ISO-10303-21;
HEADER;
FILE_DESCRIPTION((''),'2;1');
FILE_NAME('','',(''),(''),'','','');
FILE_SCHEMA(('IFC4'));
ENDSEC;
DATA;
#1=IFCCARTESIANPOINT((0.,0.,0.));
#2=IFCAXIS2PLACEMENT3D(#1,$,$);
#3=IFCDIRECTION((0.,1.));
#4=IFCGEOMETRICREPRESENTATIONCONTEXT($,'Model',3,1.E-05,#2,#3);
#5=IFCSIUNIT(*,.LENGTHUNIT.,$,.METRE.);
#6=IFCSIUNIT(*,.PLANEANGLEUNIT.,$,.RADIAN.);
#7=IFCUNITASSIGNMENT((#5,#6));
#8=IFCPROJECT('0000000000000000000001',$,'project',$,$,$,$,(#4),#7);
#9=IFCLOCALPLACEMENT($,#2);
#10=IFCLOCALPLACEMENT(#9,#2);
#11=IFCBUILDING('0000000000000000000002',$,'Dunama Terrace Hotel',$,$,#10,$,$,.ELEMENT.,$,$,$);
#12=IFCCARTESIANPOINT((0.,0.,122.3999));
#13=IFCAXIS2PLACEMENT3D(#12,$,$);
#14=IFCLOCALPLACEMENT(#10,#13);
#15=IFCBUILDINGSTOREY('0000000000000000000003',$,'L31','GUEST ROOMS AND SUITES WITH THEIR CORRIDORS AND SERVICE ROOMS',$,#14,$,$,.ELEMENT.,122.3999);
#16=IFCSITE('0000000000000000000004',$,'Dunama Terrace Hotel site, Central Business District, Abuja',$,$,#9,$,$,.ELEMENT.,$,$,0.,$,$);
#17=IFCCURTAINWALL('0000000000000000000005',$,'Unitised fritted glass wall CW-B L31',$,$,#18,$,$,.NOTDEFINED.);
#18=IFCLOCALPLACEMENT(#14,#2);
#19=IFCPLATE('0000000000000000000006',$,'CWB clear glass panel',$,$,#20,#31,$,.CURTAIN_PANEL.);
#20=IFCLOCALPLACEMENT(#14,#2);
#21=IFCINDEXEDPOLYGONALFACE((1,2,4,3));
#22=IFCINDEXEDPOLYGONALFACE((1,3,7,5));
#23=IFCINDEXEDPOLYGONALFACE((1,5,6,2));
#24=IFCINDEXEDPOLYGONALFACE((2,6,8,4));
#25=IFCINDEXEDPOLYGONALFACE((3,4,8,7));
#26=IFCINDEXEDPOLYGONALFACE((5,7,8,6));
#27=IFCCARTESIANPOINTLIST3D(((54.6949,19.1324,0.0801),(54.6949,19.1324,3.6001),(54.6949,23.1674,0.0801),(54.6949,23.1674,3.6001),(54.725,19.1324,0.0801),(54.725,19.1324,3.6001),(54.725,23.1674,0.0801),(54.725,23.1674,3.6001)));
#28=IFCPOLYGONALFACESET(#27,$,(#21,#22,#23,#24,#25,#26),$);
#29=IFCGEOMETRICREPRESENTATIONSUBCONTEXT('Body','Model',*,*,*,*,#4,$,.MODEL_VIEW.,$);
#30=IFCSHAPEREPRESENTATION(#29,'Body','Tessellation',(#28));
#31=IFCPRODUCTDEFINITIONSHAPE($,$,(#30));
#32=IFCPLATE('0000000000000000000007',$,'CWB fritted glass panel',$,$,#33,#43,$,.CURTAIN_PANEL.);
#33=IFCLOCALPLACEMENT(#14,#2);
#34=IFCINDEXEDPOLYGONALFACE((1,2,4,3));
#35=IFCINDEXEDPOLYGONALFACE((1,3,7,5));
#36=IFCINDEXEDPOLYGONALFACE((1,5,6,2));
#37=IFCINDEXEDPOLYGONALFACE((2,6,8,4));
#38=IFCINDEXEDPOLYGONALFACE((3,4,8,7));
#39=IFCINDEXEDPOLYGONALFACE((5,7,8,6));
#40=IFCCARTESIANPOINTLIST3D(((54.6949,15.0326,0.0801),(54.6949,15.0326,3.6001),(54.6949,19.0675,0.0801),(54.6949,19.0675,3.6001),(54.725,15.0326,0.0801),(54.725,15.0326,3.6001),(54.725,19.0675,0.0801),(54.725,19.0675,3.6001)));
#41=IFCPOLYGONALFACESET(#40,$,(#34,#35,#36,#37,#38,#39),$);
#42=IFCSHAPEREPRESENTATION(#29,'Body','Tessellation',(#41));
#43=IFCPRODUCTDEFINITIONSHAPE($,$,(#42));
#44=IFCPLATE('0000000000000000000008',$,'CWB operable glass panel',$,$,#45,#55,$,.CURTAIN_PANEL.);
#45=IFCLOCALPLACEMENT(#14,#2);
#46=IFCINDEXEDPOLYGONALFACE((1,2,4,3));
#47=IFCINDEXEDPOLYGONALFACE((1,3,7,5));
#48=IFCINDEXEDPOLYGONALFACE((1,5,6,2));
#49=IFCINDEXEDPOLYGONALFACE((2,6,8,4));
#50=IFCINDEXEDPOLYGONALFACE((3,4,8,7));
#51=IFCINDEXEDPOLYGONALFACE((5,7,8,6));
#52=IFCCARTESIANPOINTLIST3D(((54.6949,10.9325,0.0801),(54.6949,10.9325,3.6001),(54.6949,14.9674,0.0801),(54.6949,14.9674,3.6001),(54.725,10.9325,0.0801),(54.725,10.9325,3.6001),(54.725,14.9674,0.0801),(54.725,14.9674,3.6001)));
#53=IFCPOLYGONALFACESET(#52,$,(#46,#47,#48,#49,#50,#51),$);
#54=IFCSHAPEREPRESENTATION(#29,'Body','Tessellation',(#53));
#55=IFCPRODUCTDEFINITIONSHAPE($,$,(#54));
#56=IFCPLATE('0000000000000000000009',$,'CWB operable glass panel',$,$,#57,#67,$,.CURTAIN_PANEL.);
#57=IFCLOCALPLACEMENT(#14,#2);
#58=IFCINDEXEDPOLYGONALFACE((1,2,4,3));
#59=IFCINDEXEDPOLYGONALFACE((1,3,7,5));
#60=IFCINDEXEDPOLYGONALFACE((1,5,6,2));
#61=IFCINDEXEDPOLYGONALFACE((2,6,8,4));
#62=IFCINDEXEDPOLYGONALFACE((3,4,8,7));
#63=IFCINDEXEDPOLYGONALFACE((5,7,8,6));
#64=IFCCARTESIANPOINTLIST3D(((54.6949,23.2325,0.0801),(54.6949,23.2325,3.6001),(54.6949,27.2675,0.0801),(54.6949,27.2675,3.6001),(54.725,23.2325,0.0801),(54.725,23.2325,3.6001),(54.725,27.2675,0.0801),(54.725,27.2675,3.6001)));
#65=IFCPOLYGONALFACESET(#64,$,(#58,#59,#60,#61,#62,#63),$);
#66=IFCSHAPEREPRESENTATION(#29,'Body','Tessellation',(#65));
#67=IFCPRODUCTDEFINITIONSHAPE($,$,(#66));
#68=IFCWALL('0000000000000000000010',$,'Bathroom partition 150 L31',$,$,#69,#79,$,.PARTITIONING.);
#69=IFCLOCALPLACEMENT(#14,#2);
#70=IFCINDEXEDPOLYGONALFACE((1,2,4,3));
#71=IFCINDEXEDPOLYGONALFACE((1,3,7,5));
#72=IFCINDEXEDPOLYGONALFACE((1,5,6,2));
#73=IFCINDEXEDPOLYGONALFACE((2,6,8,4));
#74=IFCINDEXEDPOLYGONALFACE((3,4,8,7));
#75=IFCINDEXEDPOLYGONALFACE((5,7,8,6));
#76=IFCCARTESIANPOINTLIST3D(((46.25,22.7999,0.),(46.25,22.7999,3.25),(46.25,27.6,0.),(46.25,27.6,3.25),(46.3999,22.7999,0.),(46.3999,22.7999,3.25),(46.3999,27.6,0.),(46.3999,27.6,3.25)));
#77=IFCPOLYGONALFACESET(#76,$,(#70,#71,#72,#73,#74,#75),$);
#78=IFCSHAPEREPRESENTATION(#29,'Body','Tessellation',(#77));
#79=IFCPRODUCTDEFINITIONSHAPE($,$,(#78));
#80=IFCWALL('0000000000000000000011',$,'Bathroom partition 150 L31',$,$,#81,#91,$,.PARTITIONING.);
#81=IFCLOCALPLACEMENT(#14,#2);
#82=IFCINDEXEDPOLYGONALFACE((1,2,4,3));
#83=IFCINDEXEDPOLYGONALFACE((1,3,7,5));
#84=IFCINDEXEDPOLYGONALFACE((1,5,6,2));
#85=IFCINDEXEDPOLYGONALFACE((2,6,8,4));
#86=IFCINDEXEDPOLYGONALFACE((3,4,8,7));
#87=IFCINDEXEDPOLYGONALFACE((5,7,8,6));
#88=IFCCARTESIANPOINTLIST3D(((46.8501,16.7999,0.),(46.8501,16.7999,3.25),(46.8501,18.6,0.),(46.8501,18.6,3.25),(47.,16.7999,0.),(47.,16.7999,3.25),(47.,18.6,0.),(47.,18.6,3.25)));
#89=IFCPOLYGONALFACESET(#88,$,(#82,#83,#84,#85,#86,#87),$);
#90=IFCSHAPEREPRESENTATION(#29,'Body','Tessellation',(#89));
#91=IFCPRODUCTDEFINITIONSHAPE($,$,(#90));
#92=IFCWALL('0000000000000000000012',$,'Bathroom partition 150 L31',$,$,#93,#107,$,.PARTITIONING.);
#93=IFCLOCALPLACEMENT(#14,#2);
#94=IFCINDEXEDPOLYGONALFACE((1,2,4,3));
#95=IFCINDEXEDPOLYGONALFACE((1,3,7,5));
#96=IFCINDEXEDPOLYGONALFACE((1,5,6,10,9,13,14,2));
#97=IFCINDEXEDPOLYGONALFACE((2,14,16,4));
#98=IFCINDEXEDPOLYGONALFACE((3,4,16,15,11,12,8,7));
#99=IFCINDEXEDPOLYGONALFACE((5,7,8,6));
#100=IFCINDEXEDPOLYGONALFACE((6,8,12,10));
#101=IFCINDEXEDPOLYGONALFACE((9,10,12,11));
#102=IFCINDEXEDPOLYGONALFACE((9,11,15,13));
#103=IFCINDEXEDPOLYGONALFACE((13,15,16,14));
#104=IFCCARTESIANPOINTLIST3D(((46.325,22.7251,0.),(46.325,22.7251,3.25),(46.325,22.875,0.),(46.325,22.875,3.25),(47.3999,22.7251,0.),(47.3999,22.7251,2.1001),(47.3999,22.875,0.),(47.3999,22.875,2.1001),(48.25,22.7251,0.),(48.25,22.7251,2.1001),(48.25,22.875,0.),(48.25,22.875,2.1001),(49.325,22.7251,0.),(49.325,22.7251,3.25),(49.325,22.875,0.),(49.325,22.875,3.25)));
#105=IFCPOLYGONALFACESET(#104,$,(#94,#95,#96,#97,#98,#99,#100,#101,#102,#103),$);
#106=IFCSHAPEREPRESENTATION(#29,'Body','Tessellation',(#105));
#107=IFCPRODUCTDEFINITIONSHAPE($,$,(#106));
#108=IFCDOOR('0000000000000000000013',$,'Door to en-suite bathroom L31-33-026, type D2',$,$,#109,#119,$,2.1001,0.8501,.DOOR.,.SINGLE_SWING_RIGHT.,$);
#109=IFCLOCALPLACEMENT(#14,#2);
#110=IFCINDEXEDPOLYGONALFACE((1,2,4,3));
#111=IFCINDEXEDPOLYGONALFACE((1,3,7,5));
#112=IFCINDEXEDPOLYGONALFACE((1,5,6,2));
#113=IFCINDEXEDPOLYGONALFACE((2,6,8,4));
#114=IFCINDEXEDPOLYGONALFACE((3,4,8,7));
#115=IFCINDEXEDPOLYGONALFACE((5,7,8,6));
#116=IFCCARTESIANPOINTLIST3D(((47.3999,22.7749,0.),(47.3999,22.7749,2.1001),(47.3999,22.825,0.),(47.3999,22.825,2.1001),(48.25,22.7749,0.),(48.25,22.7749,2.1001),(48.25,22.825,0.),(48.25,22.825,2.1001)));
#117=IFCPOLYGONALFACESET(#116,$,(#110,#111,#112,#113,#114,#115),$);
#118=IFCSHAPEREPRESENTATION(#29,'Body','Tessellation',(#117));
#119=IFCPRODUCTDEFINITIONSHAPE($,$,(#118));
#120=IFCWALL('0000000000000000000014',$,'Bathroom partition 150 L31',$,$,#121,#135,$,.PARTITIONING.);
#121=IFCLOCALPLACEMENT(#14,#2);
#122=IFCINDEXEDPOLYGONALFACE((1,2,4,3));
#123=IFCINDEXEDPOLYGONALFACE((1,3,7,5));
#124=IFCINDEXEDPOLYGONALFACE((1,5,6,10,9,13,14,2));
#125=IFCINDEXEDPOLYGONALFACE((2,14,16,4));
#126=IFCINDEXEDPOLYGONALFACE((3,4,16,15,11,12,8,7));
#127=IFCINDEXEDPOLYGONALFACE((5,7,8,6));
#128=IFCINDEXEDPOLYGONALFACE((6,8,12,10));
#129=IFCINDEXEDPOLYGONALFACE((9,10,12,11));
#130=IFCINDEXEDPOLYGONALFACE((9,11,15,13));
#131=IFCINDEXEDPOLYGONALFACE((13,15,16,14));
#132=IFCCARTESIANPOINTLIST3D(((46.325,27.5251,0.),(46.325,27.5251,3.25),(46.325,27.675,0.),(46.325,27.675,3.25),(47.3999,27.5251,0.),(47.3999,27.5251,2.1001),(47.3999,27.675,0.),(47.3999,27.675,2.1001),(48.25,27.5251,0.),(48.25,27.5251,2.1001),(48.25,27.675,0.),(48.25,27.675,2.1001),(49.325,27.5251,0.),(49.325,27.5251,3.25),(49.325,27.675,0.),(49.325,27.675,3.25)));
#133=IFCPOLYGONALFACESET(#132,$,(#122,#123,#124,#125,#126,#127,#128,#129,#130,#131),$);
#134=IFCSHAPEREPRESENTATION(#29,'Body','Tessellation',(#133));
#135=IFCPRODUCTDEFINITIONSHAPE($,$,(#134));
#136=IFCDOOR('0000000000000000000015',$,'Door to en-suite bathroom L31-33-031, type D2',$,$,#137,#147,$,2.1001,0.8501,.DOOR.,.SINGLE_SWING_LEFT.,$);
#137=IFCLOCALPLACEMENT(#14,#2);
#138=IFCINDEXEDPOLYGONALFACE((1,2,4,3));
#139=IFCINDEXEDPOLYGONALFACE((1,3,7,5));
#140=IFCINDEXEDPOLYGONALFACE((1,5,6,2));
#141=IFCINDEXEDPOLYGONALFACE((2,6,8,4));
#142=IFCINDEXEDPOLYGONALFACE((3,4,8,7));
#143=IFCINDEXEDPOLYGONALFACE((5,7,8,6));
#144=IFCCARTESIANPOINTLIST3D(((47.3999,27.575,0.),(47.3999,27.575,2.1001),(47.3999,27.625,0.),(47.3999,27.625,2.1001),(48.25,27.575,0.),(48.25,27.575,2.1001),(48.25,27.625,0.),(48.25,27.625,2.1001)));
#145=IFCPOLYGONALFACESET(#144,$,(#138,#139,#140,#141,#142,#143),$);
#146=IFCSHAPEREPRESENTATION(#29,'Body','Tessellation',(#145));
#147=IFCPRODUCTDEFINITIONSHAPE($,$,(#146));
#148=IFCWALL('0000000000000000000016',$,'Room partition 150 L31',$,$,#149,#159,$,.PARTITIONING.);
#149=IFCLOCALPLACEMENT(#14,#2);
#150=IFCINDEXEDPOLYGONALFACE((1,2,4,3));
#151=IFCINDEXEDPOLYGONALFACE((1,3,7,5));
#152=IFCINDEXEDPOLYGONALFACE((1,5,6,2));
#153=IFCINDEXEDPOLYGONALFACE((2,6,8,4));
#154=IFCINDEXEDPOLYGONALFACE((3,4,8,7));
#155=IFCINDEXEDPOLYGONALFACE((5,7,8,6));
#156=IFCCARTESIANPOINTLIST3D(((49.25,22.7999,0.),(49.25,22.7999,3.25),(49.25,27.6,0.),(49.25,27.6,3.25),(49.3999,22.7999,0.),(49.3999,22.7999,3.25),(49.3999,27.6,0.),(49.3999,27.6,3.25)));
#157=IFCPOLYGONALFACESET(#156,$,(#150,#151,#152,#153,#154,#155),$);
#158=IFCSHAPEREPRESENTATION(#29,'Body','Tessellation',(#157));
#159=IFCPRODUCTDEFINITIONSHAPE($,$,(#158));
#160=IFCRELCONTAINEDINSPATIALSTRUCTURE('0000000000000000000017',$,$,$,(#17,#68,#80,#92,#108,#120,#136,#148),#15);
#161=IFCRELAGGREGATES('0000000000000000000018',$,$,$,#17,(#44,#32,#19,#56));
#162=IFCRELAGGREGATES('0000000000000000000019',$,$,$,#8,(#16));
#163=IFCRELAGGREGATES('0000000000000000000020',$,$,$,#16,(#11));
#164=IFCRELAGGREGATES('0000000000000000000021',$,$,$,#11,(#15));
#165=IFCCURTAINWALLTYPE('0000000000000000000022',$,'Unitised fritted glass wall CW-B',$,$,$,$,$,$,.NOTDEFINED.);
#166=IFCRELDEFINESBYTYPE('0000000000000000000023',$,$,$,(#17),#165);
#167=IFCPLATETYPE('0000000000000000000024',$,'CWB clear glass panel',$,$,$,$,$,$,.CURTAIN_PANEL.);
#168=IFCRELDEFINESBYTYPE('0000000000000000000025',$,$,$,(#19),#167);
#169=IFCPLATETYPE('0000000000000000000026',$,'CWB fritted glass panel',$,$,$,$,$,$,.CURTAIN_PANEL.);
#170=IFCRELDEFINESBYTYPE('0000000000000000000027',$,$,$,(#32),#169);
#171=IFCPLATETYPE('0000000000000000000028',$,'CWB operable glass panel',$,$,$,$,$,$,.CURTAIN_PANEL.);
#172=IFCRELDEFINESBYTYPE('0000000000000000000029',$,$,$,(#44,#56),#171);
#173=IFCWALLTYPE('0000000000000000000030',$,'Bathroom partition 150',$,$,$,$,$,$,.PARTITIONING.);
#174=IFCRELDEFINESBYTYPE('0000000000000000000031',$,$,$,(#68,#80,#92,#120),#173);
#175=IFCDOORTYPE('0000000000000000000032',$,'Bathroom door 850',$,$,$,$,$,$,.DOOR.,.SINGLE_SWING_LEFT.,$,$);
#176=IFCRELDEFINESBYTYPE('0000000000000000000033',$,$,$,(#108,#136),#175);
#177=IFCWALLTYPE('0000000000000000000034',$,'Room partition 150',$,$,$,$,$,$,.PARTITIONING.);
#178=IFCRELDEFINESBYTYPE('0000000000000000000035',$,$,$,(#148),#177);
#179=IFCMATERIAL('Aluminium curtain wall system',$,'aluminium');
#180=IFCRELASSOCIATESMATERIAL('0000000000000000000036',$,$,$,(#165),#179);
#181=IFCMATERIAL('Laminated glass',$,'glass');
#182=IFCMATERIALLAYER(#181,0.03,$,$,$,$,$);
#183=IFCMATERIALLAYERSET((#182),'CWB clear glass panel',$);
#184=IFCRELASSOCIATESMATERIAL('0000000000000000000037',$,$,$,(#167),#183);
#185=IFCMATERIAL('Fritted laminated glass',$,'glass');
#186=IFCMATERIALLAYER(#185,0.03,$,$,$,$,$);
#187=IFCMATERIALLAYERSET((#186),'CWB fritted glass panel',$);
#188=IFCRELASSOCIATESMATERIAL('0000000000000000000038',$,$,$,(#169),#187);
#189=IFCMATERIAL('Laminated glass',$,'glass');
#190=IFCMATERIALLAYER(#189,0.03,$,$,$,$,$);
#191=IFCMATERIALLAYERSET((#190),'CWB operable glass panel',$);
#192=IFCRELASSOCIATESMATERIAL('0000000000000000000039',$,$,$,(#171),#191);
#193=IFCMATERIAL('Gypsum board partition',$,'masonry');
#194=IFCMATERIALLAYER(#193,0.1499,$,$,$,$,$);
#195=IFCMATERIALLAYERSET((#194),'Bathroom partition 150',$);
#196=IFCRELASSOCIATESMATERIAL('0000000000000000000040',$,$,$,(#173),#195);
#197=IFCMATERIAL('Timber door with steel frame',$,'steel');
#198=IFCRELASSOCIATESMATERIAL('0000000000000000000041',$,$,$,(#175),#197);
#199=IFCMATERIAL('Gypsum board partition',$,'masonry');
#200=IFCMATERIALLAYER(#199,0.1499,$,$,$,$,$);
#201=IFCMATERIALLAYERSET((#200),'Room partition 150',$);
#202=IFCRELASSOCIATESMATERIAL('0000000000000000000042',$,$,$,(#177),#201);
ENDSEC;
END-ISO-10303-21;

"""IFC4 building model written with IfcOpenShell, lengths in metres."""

from ifc_helpers import new_model, si_unit, direction, frame, frame_2d, origin, origin_2d, place, context, subcontext, project, spatial, rectangle, extrude, material, layer, layer_set, type_object, element, fill, aggregate, save


model = new_model("IFC4")

# Units and contexts
model_context = context("Model", 3, precision=1e-05, world=origin(), true_north=direction((0.0, 1.0)))
body_context = subcontext(model_context, "Body", "Model", "MODEL_VIEW")
ifc_project = project(units=[si_unit("LENGTHUNIT", "METRE"), si_unit("PLANEANGLEUNIT", "RADIAN")], contexts=[model_context])

# Site, building, storey
site_placement = place(None, origin())
site = spatial("IfcSite", under=ifc_project, at=site_placement, Name="Dunama Terrace Hotel site, Central Business District, Abuja", CompositionType="ELEMENT", RefElevation=0.0)
building_placement = place(site_placement, origin())
building = spatial("IfcBuilding", under=site, at=building_placement, Name="Dunama Terrace Hotel", CompositionType="ELEMENT")
storey_placement = place(building_placement, frame((0.0, 0.0, 122.3999)))
storey = spatial("IfcBuildingStorey", under=building, at=storey_placement, Name="L31", Description="GUEST ROOMS AND SUITES WITH THEIR CORRIDORS AND SERVICE ROOMS", CompositionType="ELEMENT", Elevation=122.3999)

# Curtain wall
ifc_material_1 = material(Name="Aluminium curtain wall system", Category="aluminium")
curtain_wall_type = type_object("IfcCurtainWallType", Name="Unitised fritted glass wall CW-B", PredefinedType="NOTDEFINED", material=ifc_material_1)
curtain_wall_placement = place(storey_placement, origin())
curtain_wall = element("IfcCurtainWall", 1, at=curtain_wall_placement, inside=storey, type_object=curtain_wall_type, Name="Unitised fritted glass wall CW-B L31", PredefinedType="NOTDEFINED")

# Plates
ifc_material_2 = material(Name="Laminated glass", Category="glass")
ifc_layer_1 = layer(ifc_material_2, 0.03)
ifc_layer_set_1 = layer_set([ifc_layer_1], Name="CWB clear glass panel")
plate_type_1 = type_object("IfcPlateType", Name="CWB clear glass panel", PredefinedType="CURTAIN_PANEL", material=ifc_layer_set_1)
plate_1_placement = place(storey_placement, frame((54.71, 21.1499, 0.0801), z_axis=(0.0, 0.0, 1.0), x_axis=(0.0, 1.0, 0.0)))
plate_1 = element("IfcPlate", 2, at=plate_1_placement, type_object=plate_type_1, Name="CWB clear glass panel", PredefinedType="CURTAIN_PANEL", context=body_context, shape_type="SweptSolid", body=[
    extrude(rectangle(XDim=4.0349, YDim=0.03, at=origin_2d()), origin(), (0.0, 0.0, 1.0), 3.52),
])
ifc_material_3 = material(Name="Fritted laminated glass", Category="glass")
ifc_layer_2 = layer(ifc_material_3, 0.03)
ifc_layer_set_2 = layer_set([ifc_layer_2], Name="CWB fritted glass panel")
plate_type_2 = type_object("IfcPlateType", Name="CWB fritted glass panel", PredefinedType="CURTAIN_PANEL", material=ifc_layer_set_2)
plate_2_placement = place(storey_placement, frame((54.71, 17.05, 0.0801), z_axis=(0.0, 0.0, 1.0), x_axis=(0.0, 1.0, 0.0)))
plate_2 = element("IfcPlate", 3, at=plate_2_placement, type_object=plate_type_2, Name="CWB fritted glass panel", PredefinedType="CURTAIN_PANEL", context=body_context, shape_type="SweptSolid", body=[
    extrude(rectangle(XDim=4.0349, YDim=0.03, at=origin_2d()), origin(), (0.0, 0.0, 1.0), 3.52),
])
ifc_material_4 = material(Name="Laminated glass", Category="glass")
ifc_layer_3 = layer(ifc_material_4, 0.03)
ifc_layer_set_3 = layer_set([ifc_layer_3], Name="CWB operable glass panel")
plate_type_3 = type_object("IfcPlateType", Name="CWB operable glass panel", PredefinedType="CURTAIN_PANEL", material=ifc_layer_set_3)
plate_3_placement = place(storey_placement, frame((54.71, 12.95, 0.0801), z_axis=(0.0, 0.0, 1.0), x_axis=(0.0, 1.0, 0.0)))
plate_3 = element("IfcPlate", 4, at=plate_3_placement, type_object=plate_type_3, Name="CWB operable glass panel", PredefinedType="CURTAIN_PANEL", context=body_context, shape_type="SweptSolid", body=[
    extrude(rectangle(XDim=4.0349, YDim=0.03, at=origin_2d()), origin(), (0.0, 0.0, 1.0), 3.52),
])
plate_4_placement = place(storey_placement, frame((54.71, 25.25, 0.0801), z_axis=(0.0, 0.0, 1.0), x_axis=(0.0, 1.0, 0.0)))
plate_4 = element("IfcPlate", 5, at=plate_4_placement, type_object=plate_type_3, Name="CWB operable glass panel", PredefinedType="CURTAIN_PANEL", context=body_context, shape_type="SweptSolid", body=[
    extrude(rectangle(XDim=4.0349, YDim=0.03, at=origin_2d()), origin(), (0.0, 0.0, 1.0), 3.52),
])
aggregate(curtain_wall, [plate_3, plate_2, plate_1, plate_4])

# Walls
ifc_material_5 = material(Name="Gypsum board partition", Category="masonry")
ifc_layer_4 = layer(ifc_material_5, 0.1499)
ifc_layer_set_4 = layer_set([ifc_layer_4], Name="Bathroom partition 150")
wall_type_1 = type_object("IfcWallType", Name="Bathroom partition 150", PredefinedType="PARTITIONING", material=ifc_layer_set_4)
wall_1_placement = place(storey_placement, frame((46.325, 22.8, 0.0), z_axis=(0.0, 0.0, 1.0), x_axis=(0.0, 1.0, 0.0)))
element("IfcWall", 6, at=wall_1_placement, inside=storey, type_object=wall_type_1, Name="Bathroom partition 150 L31", PredefinedType="PARTITIONING", context=body_context, shape_type="SweptSolid", body=[
    extrude(rectangle(XDim=4.8, YDim=0.1499, at=frame_2d((2.3999, 0.0))), origin(), (0.0, 0.0, 1.0), 3.25),
])
wall_2_placement = place(storey_placement, frame((46.925, 16.8, 0.0), z_axis=(0.0, 0.0, 1.0), x_axis=(0.0, 1.0, 0.0)))
element("IfcWall", 7, at=wall_2_placement, inside=storey, type_object=wall_type_1, Name="Bathroom partition 150 L31", PredefinedType="PARTITIONING", context=body_context, shape_type="SweptSolid", body=[
    extrude(rectangle(XDim=1.8, YDim=0.1499, at=frame_2d((0.8999, 0.0))), origin(), (0.0, 0.0, 1.0), 3.25),
])

# Walls, openings, doors
wall_3_placement = place(storey_placement, frame((46.325, 22.8, 0.0), z_axis=(0.0, 0.0, 1.0), x_axis=(1.0, 0.0, 0.0)))
wall_3 = element("IfcWall", 8, at=wall_3_placement, inside=storey, type_object=wall_type_1, Name="Bathroom partition 150 L31", PredefinedType="PARTITIONING", context=body_context, shape_type="SweptSolid", body=[
    extrude(rectangle(XDim=3.0, YDim=0.1499, at=frame_2d((1.5, 0.0))), origin(), (0.0, 0.0, 1.0), 3.25),
])
opening_1_placement = place(wall_3_placement, frame((1.075, 0.0, 0.0)))
opening_1 = element("IfcOpeningElement", 9, at=opening_1_placement, cuts=wall_3, PredefinedType="OPENING", context=body_context, shape_type="SweptSolid", body=[
    extrude(rectangle(XDim=0.8501, YDim=2.1001, at=frame_2d((0.425, 1.05))), frame((0.0, 0.085, 0.0), z_axis=(0.0, -1.0, 0.0), x_axis=(1.0, 0.0, 0.0)), (0.0, 0.0, 1.0), 0.1699),
])
ifc_material_6 = material(Name="Timber door with steel frame", Category="steel")
door_type_1 = type_object("IfcDoorType", Name="Bathroom door 850", OperationType="SINGLE_SWING_LEFT", PredefinedType="DOOR", material=ifc_material_6)
door_1_placement = place(opening_1_placement, origin())
door_1 = element("IfcDoor", 10, at=door_1_placement, inside=storey, type_object=door_type_1, Name="Door to en-suite bathroom L31-33-026, type D2", OperationType="SINGLE_SWING_RIGHT", OverallHeight=2.1001, OverallWidth=0.8501, PredefinedType="DOOR", context=body_context, shape_type="SweptSolid", body=[
    extrude(rectangle(XDim=0.8501, YDim=2.1001, at=frame_2d((0.425, 1.05))), frame((0.0, 0.0249, 0.0), z_axis=(0.0, -1.0, 0.0), x_axis=(1.0, 0.0, 0.0)), (0.0, 0.0, 1.0), 0.05),
])
fill(opening_1, door_1)
wall_4_placement = place(storey_placement, frame((46.325, 27.6001, 0.0), z_axis=(0.0, 0.0, 1.0), x_axis=(1.0, 0.0, 0.0)))
wall_4 = element("IfcWall", 11, at=wall_4_placement, inside=storey, type_object=wall_type_1, Name="Bathroom partition 150 L31", PredefinedType="PARTITIONING", context=body_context, shape_type="SweptSolid", body=[
    extrude(rectangle(XDim=3.0, YDim=0.1499, at=frame_2d((1.5, 0.0))), origin(), (0.0, 0.0, 1.0), 3.25),
])
opening_2_placement = place(wall_4_placement, frame((1.075, 0.0, 0.0)))
opening_2 = element("IfcOpeningElement", 12, at=opening_2_placement, cuts=wall_4, PredefinedType="OPENING", context=body_context, shape_type="SweptSolid", body=[
    extrude(rectangle(XDim=0.8501, YDim=2.1001, at=frame_2d((0.425, 1.05))), frame((0.0, 0.085, 0.0), z_axis=(0.0, -1.0, 0.0), x_axis=(1.0, 0.0, 0.0)), (0.0, 0.0, 1.0), 0.1699),
])
door_2_placement = place(opening_2_placement, frame((0.8501, 0.0, 0.0), z_axis=(0.0, 0.0, 1.0), x_axis=(-1.0, 0.0, 0.0)))
door_2 = element("IfcDoor", 13, at=door_2_placement, inside=storey, type_object=door_type_1, Name="Door to en-suite bathroom L31-33-031, type D2", OperationType="SINGLE_SWING_LEFT", OverallHeight=2.1001, OverallWidth=0.8501, PredefinedType="DOOR", context=body_context, shape_type="SweptSolid", body=[
    extrude(rectangle(XDim=0.8501, YDim=2.1001, at=frame_2d((0.425, 1.05))), frame((0.0, 0.0251, 0.0), z_axis=(0.0, -1.0, 0.0), x_axis=(1.0, 0.0, 0.0)), (0.0, 0.0, 1.0), 0.05),
])
fill(opening_2, door_2)

# Wall
ifc_material_7 = material(Name="Gypsum board partition", Category="masonry")
ifc_layer_5 = layer(ifc_material_7, 0.1499)
ifc_layer_set_5 = layer_set([ifc_layer_5], Name="Room partition 150")
wall_type_2 = type_object("IfcWallType", Name="Room partition 150", PredefinedType="PARTITIONING", material=ifc_layer_set_5)
wall_5_placement = place(storey_placement, frame((49.325, 22.8, 0.0), z_axis=(0.0, 0.0, 1.0), x_axis=(0.0, 1.0, 0.0)))
element("IfcWall", 14, at=wall_5_placement, inside=storey, type_object=wall_type_2, Name="Room partition 150 L31", PredefinedType="PARTITIONING", context=body_context, shape_type="SweptSolid", body=[
    extrude(rectangle(XDim=4.8, YDim=0.1499, at=frame_2d((2.3999, 0.0))), origin(), (0.0, 0.0, 1.0), 3.25),
])

save(model, "model.ifc")
